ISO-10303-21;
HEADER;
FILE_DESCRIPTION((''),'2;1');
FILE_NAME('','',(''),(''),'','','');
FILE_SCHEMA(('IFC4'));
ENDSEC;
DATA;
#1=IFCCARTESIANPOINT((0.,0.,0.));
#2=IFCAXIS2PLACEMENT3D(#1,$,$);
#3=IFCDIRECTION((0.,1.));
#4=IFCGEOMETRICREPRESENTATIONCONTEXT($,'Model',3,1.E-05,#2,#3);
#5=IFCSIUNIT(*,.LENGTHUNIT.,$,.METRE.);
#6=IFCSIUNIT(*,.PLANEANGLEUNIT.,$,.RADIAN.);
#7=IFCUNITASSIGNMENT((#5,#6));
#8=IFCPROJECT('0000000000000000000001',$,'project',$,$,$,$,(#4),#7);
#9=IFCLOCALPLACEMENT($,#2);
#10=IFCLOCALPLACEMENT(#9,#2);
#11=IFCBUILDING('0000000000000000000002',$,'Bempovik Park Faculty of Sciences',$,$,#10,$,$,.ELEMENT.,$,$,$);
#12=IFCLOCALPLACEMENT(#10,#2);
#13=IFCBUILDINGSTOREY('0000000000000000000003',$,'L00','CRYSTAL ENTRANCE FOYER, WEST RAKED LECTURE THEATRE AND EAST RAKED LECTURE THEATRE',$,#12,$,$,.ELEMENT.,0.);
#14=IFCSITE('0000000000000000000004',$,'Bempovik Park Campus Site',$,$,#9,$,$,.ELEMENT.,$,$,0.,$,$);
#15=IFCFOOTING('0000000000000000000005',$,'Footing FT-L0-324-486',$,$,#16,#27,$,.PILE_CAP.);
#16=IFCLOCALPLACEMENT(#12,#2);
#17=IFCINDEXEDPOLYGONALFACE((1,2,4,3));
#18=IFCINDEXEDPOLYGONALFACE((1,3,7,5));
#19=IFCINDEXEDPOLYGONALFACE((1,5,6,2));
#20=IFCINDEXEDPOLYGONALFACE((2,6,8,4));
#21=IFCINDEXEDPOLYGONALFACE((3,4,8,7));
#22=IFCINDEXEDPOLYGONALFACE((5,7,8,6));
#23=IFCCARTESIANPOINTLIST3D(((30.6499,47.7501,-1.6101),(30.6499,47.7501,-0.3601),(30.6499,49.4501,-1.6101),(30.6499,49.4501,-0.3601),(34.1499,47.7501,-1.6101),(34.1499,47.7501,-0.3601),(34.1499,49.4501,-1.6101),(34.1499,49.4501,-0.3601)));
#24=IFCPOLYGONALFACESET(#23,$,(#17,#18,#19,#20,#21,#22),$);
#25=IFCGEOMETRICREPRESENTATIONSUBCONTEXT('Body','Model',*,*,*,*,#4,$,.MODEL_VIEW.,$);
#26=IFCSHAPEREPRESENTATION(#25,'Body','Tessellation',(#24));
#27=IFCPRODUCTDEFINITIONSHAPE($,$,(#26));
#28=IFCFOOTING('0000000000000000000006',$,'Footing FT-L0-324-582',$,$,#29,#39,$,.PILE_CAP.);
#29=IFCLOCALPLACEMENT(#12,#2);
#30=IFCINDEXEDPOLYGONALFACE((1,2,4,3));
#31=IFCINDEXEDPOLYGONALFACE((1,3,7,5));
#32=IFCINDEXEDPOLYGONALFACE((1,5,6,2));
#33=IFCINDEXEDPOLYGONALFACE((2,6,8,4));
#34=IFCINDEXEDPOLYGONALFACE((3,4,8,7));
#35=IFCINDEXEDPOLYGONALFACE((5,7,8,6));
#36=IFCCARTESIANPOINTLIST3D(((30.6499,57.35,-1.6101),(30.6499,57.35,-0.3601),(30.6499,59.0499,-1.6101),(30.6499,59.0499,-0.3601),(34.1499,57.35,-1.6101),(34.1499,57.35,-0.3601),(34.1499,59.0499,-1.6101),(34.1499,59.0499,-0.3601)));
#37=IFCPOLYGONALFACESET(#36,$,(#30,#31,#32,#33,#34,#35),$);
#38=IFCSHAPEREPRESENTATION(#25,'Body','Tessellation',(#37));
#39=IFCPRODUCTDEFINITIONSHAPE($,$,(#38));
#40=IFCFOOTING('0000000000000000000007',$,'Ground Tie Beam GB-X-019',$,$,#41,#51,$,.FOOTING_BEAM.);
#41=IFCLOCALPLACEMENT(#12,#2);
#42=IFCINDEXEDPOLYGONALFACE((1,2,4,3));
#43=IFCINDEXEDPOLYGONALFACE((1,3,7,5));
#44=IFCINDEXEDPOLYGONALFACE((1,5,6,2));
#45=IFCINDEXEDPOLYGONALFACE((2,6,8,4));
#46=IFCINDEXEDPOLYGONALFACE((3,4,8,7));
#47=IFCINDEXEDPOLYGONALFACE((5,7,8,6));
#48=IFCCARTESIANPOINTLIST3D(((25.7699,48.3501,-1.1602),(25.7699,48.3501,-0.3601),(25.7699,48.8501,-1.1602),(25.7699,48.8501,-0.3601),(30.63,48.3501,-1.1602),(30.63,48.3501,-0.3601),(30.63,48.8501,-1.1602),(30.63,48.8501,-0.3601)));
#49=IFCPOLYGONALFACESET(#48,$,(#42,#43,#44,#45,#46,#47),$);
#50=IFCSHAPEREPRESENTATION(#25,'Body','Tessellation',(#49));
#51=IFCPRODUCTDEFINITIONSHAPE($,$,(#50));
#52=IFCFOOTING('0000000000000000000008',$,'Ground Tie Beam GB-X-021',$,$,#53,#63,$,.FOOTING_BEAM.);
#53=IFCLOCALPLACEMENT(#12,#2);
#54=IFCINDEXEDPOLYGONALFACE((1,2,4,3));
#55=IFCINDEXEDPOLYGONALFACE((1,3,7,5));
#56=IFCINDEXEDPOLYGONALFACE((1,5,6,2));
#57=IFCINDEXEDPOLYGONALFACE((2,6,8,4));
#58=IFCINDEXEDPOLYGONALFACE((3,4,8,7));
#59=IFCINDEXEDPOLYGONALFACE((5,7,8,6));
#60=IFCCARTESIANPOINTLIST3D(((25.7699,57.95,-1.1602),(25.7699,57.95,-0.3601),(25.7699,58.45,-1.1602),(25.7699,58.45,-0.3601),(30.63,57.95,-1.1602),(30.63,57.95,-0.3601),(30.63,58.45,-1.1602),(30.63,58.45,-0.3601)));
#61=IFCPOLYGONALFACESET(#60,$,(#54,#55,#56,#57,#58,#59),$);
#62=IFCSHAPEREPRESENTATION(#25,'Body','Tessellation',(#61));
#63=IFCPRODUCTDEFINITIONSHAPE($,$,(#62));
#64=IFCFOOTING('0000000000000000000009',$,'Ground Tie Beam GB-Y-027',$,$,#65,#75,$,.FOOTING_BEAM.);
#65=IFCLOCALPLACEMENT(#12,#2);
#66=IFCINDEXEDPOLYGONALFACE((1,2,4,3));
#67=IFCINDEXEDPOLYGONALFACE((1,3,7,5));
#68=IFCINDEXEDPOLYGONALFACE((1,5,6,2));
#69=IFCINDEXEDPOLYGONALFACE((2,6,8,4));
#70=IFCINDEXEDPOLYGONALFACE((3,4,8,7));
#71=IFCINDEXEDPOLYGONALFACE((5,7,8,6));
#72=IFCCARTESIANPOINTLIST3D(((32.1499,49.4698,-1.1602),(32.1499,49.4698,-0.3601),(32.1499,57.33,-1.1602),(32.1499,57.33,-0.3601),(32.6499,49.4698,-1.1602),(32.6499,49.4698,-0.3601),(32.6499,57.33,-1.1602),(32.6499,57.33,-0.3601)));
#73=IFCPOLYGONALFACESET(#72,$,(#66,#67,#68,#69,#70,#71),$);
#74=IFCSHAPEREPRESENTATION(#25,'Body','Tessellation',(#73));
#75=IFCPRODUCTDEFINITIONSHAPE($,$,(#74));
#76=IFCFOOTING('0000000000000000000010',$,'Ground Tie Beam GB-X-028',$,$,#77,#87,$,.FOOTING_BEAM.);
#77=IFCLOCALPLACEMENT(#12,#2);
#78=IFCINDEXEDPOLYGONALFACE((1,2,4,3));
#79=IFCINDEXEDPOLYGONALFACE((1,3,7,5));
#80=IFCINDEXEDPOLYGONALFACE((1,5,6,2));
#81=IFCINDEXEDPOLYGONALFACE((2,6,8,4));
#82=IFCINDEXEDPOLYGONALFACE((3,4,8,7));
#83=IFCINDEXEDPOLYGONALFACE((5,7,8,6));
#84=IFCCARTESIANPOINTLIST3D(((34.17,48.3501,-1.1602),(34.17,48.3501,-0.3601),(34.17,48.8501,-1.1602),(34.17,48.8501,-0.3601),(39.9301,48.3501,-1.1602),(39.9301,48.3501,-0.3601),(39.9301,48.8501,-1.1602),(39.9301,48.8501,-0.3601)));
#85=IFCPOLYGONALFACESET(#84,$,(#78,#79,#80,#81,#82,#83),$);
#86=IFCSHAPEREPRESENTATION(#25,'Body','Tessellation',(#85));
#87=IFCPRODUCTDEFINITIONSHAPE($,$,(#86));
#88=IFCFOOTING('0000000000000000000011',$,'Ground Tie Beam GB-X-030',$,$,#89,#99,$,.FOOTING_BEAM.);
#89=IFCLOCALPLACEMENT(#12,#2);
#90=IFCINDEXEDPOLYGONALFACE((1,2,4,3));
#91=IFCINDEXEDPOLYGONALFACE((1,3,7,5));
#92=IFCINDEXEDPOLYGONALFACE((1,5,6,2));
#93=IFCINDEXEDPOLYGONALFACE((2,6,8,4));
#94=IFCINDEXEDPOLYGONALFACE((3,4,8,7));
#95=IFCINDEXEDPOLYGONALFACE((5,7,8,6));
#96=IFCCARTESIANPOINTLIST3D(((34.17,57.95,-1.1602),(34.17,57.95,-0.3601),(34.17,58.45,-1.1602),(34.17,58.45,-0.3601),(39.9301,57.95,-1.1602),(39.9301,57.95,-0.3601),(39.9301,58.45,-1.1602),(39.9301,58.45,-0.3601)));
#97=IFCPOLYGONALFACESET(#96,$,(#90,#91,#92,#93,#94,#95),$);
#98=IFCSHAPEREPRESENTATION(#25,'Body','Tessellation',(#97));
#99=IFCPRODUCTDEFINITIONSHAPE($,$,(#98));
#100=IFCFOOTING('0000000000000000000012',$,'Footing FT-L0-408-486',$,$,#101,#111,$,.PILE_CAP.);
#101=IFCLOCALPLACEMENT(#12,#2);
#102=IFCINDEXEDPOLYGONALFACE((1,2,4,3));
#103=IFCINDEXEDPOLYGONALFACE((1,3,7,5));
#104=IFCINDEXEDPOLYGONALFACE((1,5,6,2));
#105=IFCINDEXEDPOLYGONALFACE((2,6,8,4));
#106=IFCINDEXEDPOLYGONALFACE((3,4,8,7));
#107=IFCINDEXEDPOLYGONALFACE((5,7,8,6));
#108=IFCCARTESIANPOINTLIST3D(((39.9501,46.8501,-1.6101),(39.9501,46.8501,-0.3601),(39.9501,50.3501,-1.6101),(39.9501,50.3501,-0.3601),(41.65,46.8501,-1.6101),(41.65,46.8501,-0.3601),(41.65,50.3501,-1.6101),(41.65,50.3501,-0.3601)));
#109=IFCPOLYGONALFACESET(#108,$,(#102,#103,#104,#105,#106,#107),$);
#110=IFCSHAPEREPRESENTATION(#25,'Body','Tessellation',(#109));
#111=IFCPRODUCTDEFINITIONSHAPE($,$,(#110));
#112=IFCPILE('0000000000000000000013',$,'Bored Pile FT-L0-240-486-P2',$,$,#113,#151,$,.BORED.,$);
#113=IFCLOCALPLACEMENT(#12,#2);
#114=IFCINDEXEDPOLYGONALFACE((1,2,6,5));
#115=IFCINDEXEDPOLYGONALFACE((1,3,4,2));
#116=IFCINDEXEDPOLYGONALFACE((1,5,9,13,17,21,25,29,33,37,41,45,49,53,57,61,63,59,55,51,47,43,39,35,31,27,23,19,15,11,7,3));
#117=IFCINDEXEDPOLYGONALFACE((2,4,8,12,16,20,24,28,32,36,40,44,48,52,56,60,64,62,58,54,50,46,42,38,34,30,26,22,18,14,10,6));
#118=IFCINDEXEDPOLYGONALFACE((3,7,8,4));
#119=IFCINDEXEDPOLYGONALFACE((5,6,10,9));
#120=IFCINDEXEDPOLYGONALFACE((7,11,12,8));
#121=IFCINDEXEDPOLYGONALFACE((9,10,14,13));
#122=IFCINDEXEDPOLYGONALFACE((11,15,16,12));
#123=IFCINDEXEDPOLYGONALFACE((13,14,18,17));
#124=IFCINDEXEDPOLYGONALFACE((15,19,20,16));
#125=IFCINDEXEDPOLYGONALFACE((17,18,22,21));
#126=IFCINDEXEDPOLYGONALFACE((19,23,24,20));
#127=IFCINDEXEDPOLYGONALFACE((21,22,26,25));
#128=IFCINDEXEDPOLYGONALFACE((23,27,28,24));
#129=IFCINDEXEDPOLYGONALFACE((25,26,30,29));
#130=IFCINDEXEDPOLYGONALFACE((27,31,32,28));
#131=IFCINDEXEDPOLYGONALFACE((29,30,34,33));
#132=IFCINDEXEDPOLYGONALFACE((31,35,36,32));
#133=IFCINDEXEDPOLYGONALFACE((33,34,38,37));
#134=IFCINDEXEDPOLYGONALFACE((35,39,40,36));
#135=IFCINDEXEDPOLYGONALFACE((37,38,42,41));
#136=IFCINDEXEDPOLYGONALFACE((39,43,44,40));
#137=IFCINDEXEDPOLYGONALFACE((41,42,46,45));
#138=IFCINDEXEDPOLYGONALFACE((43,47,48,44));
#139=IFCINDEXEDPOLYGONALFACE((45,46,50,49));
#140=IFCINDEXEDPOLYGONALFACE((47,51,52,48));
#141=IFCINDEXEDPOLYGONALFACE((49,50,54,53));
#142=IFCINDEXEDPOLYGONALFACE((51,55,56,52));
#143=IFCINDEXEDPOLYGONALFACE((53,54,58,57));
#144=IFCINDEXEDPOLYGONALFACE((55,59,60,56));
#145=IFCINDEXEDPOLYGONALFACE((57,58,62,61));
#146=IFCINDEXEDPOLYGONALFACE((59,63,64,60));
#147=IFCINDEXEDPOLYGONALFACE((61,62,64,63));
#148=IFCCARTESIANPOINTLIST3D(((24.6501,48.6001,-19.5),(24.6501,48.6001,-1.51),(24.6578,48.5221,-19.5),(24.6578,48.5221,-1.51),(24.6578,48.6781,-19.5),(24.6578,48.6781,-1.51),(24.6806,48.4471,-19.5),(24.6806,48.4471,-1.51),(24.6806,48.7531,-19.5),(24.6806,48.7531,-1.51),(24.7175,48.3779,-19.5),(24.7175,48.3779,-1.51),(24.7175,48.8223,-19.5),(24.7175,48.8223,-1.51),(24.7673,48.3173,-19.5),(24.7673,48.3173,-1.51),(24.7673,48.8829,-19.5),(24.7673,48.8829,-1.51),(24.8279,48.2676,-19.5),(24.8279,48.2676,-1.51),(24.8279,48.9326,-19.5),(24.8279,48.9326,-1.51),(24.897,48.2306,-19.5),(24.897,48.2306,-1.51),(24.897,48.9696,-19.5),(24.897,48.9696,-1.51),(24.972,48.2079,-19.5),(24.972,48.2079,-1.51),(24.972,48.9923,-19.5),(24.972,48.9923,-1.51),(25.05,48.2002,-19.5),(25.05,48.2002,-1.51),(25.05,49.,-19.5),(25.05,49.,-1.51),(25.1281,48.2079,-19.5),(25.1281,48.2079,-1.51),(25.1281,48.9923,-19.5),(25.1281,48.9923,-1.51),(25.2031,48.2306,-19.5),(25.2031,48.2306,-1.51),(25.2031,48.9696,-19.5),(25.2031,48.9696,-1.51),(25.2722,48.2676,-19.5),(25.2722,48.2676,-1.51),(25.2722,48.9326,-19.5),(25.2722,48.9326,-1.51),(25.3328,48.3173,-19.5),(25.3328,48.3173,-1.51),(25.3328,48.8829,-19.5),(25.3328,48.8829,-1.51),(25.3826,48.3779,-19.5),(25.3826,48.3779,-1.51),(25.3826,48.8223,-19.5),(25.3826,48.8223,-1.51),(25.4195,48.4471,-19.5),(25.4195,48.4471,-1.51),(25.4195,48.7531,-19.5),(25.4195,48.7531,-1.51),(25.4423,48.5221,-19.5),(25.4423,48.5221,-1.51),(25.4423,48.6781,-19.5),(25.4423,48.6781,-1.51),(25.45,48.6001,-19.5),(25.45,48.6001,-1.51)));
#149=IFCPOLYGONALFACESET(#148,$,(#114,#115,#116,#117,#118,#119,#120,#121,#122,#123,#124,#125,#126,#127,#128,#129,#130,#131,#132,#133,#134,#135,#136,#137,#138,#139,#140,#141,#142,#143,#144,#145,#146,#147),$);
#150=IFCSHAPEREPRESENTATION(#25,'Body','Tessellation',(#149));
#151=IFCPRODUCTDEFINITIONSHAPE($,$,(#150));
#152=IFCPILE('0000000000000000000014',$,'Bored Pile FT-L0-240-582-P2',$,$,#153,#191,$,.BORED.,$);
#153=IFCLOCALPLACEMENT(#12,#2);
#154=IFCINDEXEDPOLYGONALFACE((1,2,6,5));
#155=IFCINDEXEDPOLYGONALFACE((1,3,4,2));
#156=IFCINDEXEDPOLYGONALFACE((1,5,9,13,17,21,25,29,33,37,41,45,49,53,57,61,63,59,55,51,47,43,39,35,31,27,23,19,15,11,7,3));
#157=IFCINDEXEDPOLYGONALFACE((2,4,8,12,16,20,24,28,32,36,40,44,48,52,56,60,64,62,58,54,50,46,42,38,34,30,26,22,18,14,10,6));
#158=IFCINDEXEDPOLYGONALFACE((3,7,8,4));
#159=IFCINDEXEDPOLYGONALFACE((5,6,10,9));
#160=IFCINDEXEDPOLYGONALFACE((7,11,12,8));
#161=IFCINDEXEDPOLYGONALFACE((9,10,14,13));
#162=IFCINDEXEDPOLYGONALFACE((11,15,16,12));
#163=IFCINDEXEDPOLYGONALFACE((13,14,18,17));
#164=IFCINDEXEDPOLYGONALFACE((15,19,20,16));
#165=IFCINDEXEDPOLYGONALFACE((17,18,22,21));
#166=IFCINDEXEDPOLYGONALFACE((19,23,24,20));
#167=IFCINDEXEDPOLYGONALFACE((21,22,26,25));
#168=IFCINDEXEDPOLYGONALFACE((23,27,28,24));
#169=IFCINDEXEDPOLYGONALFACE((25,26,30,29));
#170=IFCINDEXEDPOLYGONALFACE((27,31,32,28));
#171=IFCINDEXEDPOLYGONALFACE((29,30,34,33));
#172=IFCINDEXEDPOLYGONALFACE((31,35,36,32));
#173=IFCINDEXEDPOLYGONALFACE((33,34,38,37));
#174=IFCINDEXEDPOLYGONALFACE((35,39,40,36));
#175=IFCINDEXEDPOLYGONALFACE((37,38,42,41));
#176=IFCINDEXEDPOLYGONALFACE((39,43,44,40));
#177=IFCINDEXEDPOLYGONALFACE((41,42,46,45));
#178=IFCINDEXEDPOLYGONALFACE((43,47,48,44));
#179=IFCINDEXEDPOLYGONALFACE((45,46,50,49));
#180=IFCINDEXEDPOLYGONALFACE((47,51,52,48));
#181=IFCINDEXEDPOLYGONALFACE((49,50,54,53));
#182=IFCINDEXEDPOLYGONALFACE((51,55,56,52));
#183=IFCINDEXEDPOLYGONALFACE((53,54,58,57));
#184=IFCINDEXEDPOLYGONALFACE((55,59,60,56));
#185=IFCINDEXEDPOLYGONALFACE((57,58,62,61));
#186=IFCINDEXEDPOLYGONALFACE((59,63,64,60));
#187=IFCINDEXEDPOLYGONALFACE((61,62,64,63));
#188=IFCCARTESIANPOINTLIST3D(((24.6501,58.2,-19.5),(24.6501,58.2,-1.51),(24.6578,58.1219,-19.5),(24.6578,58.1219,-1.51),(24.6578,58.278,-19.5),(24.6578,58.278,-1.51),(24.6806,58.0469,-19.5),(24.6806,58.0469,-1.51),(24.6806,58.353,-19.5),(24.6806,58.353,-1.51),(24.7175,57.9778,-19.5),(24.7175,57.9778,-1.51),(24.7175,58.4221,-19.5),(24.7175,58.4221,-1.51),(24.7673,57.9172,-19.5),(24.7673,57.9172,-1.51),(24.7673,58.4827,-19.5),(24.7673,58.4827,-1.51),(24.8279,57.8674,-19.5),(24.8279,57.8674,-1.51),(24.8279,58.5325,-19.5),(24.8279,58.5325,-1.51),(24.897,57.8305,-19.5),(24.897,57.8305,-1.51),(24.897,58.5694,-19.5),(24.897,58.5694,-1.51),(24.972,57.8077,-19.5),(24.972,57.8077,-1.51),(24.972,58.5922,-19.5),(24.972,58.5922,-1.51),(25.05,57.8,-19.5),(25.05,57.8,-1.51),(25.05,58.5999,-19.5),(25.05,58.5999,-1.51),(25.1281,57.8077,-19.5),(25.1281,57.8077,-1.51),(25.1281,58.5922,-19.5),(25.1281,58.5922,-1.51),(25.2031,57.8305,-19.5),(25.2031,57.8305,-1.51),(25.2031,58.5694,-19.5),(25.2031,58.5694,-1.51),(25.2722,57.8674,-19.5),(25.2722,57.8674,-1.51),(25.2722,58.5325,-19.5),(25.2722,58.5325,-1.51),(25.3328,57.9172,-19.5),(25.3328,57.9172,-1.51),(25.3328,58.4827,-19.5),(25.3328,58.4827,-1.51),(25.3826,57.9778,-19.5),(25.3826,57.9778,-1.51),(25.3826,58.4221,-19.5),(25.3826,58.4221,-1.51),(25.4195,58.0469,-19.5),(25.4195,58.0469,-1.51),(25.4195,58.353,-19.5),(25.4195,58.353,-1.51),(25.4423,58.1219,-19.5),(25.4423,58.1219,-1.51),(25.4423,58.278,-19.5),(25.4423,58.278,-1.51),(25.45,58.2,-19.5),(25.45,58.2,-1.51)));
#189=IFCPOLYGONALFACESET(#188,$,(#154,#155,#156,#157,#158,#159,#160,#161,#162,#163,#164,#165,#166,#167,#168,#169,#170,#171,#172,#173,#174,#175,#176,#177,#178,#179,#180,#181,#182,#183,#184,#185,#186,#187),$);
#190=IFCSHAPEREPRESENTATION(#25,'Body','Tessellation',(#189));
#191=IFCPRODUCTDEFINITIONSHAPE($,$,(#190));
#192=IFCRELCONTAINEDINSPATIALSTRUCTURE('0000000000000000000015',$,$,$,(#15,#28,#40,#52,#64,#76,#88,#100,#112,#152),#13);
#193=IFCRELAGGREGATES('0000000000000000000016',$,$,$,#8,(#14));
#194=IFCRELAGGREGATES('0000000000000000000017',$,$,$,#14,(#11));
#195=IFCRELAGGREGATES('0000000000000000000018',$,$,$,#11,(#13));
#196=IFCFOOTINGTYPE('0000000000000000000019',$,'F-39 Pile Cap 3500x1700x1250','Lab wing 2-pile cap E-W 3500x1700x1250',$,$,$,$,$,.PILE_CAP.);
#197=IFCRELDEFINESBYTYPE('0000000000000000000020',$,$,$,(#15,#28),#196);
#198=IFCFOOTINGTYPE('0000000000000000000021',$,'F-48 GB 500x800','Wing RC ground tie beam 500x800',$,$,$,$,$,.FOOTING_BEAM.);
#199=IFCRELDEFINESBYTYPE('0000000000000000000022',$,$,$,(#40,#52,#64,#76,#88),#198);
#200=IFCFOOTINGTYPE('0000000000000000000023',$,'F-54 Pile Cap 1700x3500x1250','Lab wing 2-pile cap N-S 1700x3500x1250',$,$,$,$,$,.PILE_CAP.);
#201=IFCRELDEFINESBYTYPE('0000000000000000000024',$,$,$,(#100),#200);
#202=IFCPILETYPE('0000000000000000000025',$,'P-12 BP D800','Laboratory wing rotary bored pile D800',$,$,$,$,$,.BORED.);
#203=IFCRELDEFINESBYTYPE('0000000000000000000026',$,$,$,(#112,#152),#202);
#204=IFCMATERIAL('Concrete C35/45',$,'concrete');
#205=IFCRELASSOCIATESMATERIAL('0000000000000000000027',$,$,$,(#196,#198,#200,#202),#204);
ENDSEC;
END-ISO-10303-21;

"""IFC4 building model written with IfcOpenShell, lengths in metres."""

from ifc_helpers import new_model, si_unit, direction, frame, origin, origin_2d, place, context, subcontext, project, spatial, rectangle, circle, extrude, material, material_profile, profile_set, type_object, element, save


model = new_model("IFC4")

# Units and contexts
model_context = context("Model", 3, precision=1e-05, world=origin(), true_north=direction((0.0, 1.0)))
body_context = subcontext(model_context, "Body", "Model", "MODEL_VIEW")
ifc_project = project(units=[si_unit("LENGTHUNIT", "METRE"), si_unit("PLANEANGLEUNIT", "RADIAN")], contexts=[model_context])

# Site, building, storey
site_placement = place(None, origin())
site = spatial("IfcSite", under=ifc_project, at=site_placement, Name="Bempovik Park Campus Site", CompositionType="ELEMENT", RefElevation=0.0)
building_placement = place(site_placement, origin())
building = spatial("IfcBuilding", under=site, at=building_placement, Name="Bempovik Park Faculty of Sciences", CompositionType="ELEMENT")
storey_placement = place(building_placement, origin())
storey = spatial("IfcBuildingStorey", under=building, at=storey_placement, Name="L00", Description="CRYSTAL ENTRANCE FOYER, WEST RAKED LECTURE THEATRE AND EAST RAKED LECTURE THEATRE", CompositionType="ELEMENT", Elevation=0.0)

# Footings
ifc_material_1 = material(Name="Concrete C35/45", Category="concrete")
footing_type_1 = type_object("IfcFootingType", Name="F-39 Pile Cap 3500x1700x1250", Description="Lab wing 2-pile cap E-W 3500x1700x1250", PredefinedType="PILE_CAP", material=ifc_material_1)
for number, where, z_axis, x_axis, name in (
    (1, (32.3999, 48.6001, -1.6101), (0.0, 0.0, 1.0), (1.0, 0.0, 0.0), "Footing FT-L0-324-486"),
    (2, (32.3999, 58.2, -1.6101), (0.0, 0.0, 1.0), (1.0, 0.0, 0.0), "Footing FT-L0-324-582"),
):
    element("IfcFooting", number, at=place(storey_placement, frame(where, z_axis=z_axis, x_axis=x_axis)), inside=storey, type_object=footing_type_1, Name=name, PredefinedType="PILE_CAP", context=body_context, shape_type="SweptSolid", body=[
        extrude(rectangle(XDim=3.5, YDim=1.7, at=origin_2d()), origin(), (0.0, 0.0, 1.0), 1.25),
    ])
footing_type_2 = type_object("IfcFootingType", Name="F-48 GB 500x800", Description="Wing RC ground tie beam 500x800", PredefinedType="FOOTING_BEAM", material=ifc_material_1)
for number, where, z_axis, x_axis, name in (
    (3, (28.2, 48.6001, -1.1602), (0.0, 0.0, 1.0), (1.0, 0.0, 0.0), "Ground Tie Beam GB-X-019"),
    (4, (28.2, 58.2, -1.1602), (0.0, 0.0, 1.0), (1.0, 0.0, 0.0), "Ground Tie Beam GB-X-021"),
):
    element("IfcFooting", number, at=place(storey_placement, frame(where, z_axis=z_axis, x_axis=x_axis)), inside=storey, type_object=footing_type_2, Name=name, PredefinedType="FOOTING_BEAM", context=body_context, shape_type="SweptSolid", body=[
        extrude(rectangle(XDim=4.8601, YDim=0.5, at=origin_2d()), origin(), (0.0, 0.0, 1.0), 0.8),
    ])
footing_1_placement = place(storey_placement, frame((32.3999, 53.3999, -1.1602), z_axis=(0.0, 0.0, 1.0), x_axis=(1.0, 0.0, 0.0)))
element("IfcFooting", 5, at=footing_1_placement, inside=storey, type_object=footing_type_2, Name="Ground Tie Beam GB-Y-027", PredefinedType="FOOTING_BEAM", context=body_context, shape_type="SweptSolid", body=[
    extrude(rectangle(XDim=0.5, YDim=7.8601, at=origin_2d()), origin(), (0.0, 0.0, 1.0), 0.8),
])
for number, where, z_axis, x_axis, name in (
    (6, (37.05, 48.6001, -1.1602), (0.0, 0.0, 1.0), (1.0, 0.0, 0.0), "Ground Tie Beam GB-X-028"),
    (7, (37.05, 58.2, -1.1602), (0.0, 0.0, 1.0), (1.0, 0.0, 0.0), "Ground Tie Beam GB-X-030"),
):
    element("IfcFooting", number, at=place(storey_placement, frame(where, z_axis=z_axis, x_axis=x_axis)), inside=storey, type_object=footing_type_2, Name=name, PredefinedType="FOOTING_BEAM", context=body_context, shape_type="SweptSolid", body=[
        extrude(rectangle(XDim=5.76, YDim=0.5, at=origin_2d()), origin(), (0.0, 0.0, 1.0), 0.8),
    ])
footing_type_3 = type_object("IfcFootingType", Name="F-54 Pile Cap 1700x3500x1250", Description="Lab wing 2-pile cap N-S 1700x3500x1250", PredefinedType="PILE_CAP", material=ifc_material_1)
footing_2_placement = place(storey_placement, frame((40.8, 48.6001, -1.6101), z_axis=(0.0, 0.0, 1.0), x_axis=(1.0, 0.0, 0.0)))
element("IfcFooting", 8, at=footing_2_placement, inside=storey, type_object=footing_type_3, Name="Footing FT-L0-408-486", PredefinedType="PILE_CAP", context=body_context, shape_type="SweptSolid", body=[
    extrude(rectangle(XDim=1.7, YDim=3.5, at=origin_2d()), origin(), (0.0, 0.0, 1.0), 1.25),
])

# Piles
ifc_material_profile_1 = material_profile(ifc_material_1, circle(Radius=0.3999, at=origin_2d()), Name="BP D800")
ifc_profile_set_1 = profile_set([ifc_material_profile_1], Name="Concrete C35/45")
pile_type = type_object("IfcPileType", Name="P-12 BP D800", Description="Laboratory wing rotary bored pile D800", PredefinedType="BORED", material=ifc_profile_set_1)
for number, where, z_axis, x_axis, name in (
    (9, (25.05, 48.6001, -1.51), (0.0, 0.0, -1.0), (1.0, 0.0, 0.0), "Bored Pile FT-L0-240-486-P2"),
    (10, (25.05, 58.2, -1.51), (0.0, 0.0, -1.0), (1.0, 0.0, 0.0), "Bored Pile FT-L0-240-582-P2"),
):
    element("IfcPile", number, at=place(storey_placement, frame(where, z_axis=z_axis, x_axis=x_axis)), inside=storey, type_object=pile_type, Name=name, PredefinedType="BORED", context=body_context, shape_type="SweptSolid", body=[
        extrude(circle(Radius=0.3999, at=origin_2d()), origin(), (0.0, 0.0, 1.0), 17.99),
    ])

save(model, "model.ifc")
